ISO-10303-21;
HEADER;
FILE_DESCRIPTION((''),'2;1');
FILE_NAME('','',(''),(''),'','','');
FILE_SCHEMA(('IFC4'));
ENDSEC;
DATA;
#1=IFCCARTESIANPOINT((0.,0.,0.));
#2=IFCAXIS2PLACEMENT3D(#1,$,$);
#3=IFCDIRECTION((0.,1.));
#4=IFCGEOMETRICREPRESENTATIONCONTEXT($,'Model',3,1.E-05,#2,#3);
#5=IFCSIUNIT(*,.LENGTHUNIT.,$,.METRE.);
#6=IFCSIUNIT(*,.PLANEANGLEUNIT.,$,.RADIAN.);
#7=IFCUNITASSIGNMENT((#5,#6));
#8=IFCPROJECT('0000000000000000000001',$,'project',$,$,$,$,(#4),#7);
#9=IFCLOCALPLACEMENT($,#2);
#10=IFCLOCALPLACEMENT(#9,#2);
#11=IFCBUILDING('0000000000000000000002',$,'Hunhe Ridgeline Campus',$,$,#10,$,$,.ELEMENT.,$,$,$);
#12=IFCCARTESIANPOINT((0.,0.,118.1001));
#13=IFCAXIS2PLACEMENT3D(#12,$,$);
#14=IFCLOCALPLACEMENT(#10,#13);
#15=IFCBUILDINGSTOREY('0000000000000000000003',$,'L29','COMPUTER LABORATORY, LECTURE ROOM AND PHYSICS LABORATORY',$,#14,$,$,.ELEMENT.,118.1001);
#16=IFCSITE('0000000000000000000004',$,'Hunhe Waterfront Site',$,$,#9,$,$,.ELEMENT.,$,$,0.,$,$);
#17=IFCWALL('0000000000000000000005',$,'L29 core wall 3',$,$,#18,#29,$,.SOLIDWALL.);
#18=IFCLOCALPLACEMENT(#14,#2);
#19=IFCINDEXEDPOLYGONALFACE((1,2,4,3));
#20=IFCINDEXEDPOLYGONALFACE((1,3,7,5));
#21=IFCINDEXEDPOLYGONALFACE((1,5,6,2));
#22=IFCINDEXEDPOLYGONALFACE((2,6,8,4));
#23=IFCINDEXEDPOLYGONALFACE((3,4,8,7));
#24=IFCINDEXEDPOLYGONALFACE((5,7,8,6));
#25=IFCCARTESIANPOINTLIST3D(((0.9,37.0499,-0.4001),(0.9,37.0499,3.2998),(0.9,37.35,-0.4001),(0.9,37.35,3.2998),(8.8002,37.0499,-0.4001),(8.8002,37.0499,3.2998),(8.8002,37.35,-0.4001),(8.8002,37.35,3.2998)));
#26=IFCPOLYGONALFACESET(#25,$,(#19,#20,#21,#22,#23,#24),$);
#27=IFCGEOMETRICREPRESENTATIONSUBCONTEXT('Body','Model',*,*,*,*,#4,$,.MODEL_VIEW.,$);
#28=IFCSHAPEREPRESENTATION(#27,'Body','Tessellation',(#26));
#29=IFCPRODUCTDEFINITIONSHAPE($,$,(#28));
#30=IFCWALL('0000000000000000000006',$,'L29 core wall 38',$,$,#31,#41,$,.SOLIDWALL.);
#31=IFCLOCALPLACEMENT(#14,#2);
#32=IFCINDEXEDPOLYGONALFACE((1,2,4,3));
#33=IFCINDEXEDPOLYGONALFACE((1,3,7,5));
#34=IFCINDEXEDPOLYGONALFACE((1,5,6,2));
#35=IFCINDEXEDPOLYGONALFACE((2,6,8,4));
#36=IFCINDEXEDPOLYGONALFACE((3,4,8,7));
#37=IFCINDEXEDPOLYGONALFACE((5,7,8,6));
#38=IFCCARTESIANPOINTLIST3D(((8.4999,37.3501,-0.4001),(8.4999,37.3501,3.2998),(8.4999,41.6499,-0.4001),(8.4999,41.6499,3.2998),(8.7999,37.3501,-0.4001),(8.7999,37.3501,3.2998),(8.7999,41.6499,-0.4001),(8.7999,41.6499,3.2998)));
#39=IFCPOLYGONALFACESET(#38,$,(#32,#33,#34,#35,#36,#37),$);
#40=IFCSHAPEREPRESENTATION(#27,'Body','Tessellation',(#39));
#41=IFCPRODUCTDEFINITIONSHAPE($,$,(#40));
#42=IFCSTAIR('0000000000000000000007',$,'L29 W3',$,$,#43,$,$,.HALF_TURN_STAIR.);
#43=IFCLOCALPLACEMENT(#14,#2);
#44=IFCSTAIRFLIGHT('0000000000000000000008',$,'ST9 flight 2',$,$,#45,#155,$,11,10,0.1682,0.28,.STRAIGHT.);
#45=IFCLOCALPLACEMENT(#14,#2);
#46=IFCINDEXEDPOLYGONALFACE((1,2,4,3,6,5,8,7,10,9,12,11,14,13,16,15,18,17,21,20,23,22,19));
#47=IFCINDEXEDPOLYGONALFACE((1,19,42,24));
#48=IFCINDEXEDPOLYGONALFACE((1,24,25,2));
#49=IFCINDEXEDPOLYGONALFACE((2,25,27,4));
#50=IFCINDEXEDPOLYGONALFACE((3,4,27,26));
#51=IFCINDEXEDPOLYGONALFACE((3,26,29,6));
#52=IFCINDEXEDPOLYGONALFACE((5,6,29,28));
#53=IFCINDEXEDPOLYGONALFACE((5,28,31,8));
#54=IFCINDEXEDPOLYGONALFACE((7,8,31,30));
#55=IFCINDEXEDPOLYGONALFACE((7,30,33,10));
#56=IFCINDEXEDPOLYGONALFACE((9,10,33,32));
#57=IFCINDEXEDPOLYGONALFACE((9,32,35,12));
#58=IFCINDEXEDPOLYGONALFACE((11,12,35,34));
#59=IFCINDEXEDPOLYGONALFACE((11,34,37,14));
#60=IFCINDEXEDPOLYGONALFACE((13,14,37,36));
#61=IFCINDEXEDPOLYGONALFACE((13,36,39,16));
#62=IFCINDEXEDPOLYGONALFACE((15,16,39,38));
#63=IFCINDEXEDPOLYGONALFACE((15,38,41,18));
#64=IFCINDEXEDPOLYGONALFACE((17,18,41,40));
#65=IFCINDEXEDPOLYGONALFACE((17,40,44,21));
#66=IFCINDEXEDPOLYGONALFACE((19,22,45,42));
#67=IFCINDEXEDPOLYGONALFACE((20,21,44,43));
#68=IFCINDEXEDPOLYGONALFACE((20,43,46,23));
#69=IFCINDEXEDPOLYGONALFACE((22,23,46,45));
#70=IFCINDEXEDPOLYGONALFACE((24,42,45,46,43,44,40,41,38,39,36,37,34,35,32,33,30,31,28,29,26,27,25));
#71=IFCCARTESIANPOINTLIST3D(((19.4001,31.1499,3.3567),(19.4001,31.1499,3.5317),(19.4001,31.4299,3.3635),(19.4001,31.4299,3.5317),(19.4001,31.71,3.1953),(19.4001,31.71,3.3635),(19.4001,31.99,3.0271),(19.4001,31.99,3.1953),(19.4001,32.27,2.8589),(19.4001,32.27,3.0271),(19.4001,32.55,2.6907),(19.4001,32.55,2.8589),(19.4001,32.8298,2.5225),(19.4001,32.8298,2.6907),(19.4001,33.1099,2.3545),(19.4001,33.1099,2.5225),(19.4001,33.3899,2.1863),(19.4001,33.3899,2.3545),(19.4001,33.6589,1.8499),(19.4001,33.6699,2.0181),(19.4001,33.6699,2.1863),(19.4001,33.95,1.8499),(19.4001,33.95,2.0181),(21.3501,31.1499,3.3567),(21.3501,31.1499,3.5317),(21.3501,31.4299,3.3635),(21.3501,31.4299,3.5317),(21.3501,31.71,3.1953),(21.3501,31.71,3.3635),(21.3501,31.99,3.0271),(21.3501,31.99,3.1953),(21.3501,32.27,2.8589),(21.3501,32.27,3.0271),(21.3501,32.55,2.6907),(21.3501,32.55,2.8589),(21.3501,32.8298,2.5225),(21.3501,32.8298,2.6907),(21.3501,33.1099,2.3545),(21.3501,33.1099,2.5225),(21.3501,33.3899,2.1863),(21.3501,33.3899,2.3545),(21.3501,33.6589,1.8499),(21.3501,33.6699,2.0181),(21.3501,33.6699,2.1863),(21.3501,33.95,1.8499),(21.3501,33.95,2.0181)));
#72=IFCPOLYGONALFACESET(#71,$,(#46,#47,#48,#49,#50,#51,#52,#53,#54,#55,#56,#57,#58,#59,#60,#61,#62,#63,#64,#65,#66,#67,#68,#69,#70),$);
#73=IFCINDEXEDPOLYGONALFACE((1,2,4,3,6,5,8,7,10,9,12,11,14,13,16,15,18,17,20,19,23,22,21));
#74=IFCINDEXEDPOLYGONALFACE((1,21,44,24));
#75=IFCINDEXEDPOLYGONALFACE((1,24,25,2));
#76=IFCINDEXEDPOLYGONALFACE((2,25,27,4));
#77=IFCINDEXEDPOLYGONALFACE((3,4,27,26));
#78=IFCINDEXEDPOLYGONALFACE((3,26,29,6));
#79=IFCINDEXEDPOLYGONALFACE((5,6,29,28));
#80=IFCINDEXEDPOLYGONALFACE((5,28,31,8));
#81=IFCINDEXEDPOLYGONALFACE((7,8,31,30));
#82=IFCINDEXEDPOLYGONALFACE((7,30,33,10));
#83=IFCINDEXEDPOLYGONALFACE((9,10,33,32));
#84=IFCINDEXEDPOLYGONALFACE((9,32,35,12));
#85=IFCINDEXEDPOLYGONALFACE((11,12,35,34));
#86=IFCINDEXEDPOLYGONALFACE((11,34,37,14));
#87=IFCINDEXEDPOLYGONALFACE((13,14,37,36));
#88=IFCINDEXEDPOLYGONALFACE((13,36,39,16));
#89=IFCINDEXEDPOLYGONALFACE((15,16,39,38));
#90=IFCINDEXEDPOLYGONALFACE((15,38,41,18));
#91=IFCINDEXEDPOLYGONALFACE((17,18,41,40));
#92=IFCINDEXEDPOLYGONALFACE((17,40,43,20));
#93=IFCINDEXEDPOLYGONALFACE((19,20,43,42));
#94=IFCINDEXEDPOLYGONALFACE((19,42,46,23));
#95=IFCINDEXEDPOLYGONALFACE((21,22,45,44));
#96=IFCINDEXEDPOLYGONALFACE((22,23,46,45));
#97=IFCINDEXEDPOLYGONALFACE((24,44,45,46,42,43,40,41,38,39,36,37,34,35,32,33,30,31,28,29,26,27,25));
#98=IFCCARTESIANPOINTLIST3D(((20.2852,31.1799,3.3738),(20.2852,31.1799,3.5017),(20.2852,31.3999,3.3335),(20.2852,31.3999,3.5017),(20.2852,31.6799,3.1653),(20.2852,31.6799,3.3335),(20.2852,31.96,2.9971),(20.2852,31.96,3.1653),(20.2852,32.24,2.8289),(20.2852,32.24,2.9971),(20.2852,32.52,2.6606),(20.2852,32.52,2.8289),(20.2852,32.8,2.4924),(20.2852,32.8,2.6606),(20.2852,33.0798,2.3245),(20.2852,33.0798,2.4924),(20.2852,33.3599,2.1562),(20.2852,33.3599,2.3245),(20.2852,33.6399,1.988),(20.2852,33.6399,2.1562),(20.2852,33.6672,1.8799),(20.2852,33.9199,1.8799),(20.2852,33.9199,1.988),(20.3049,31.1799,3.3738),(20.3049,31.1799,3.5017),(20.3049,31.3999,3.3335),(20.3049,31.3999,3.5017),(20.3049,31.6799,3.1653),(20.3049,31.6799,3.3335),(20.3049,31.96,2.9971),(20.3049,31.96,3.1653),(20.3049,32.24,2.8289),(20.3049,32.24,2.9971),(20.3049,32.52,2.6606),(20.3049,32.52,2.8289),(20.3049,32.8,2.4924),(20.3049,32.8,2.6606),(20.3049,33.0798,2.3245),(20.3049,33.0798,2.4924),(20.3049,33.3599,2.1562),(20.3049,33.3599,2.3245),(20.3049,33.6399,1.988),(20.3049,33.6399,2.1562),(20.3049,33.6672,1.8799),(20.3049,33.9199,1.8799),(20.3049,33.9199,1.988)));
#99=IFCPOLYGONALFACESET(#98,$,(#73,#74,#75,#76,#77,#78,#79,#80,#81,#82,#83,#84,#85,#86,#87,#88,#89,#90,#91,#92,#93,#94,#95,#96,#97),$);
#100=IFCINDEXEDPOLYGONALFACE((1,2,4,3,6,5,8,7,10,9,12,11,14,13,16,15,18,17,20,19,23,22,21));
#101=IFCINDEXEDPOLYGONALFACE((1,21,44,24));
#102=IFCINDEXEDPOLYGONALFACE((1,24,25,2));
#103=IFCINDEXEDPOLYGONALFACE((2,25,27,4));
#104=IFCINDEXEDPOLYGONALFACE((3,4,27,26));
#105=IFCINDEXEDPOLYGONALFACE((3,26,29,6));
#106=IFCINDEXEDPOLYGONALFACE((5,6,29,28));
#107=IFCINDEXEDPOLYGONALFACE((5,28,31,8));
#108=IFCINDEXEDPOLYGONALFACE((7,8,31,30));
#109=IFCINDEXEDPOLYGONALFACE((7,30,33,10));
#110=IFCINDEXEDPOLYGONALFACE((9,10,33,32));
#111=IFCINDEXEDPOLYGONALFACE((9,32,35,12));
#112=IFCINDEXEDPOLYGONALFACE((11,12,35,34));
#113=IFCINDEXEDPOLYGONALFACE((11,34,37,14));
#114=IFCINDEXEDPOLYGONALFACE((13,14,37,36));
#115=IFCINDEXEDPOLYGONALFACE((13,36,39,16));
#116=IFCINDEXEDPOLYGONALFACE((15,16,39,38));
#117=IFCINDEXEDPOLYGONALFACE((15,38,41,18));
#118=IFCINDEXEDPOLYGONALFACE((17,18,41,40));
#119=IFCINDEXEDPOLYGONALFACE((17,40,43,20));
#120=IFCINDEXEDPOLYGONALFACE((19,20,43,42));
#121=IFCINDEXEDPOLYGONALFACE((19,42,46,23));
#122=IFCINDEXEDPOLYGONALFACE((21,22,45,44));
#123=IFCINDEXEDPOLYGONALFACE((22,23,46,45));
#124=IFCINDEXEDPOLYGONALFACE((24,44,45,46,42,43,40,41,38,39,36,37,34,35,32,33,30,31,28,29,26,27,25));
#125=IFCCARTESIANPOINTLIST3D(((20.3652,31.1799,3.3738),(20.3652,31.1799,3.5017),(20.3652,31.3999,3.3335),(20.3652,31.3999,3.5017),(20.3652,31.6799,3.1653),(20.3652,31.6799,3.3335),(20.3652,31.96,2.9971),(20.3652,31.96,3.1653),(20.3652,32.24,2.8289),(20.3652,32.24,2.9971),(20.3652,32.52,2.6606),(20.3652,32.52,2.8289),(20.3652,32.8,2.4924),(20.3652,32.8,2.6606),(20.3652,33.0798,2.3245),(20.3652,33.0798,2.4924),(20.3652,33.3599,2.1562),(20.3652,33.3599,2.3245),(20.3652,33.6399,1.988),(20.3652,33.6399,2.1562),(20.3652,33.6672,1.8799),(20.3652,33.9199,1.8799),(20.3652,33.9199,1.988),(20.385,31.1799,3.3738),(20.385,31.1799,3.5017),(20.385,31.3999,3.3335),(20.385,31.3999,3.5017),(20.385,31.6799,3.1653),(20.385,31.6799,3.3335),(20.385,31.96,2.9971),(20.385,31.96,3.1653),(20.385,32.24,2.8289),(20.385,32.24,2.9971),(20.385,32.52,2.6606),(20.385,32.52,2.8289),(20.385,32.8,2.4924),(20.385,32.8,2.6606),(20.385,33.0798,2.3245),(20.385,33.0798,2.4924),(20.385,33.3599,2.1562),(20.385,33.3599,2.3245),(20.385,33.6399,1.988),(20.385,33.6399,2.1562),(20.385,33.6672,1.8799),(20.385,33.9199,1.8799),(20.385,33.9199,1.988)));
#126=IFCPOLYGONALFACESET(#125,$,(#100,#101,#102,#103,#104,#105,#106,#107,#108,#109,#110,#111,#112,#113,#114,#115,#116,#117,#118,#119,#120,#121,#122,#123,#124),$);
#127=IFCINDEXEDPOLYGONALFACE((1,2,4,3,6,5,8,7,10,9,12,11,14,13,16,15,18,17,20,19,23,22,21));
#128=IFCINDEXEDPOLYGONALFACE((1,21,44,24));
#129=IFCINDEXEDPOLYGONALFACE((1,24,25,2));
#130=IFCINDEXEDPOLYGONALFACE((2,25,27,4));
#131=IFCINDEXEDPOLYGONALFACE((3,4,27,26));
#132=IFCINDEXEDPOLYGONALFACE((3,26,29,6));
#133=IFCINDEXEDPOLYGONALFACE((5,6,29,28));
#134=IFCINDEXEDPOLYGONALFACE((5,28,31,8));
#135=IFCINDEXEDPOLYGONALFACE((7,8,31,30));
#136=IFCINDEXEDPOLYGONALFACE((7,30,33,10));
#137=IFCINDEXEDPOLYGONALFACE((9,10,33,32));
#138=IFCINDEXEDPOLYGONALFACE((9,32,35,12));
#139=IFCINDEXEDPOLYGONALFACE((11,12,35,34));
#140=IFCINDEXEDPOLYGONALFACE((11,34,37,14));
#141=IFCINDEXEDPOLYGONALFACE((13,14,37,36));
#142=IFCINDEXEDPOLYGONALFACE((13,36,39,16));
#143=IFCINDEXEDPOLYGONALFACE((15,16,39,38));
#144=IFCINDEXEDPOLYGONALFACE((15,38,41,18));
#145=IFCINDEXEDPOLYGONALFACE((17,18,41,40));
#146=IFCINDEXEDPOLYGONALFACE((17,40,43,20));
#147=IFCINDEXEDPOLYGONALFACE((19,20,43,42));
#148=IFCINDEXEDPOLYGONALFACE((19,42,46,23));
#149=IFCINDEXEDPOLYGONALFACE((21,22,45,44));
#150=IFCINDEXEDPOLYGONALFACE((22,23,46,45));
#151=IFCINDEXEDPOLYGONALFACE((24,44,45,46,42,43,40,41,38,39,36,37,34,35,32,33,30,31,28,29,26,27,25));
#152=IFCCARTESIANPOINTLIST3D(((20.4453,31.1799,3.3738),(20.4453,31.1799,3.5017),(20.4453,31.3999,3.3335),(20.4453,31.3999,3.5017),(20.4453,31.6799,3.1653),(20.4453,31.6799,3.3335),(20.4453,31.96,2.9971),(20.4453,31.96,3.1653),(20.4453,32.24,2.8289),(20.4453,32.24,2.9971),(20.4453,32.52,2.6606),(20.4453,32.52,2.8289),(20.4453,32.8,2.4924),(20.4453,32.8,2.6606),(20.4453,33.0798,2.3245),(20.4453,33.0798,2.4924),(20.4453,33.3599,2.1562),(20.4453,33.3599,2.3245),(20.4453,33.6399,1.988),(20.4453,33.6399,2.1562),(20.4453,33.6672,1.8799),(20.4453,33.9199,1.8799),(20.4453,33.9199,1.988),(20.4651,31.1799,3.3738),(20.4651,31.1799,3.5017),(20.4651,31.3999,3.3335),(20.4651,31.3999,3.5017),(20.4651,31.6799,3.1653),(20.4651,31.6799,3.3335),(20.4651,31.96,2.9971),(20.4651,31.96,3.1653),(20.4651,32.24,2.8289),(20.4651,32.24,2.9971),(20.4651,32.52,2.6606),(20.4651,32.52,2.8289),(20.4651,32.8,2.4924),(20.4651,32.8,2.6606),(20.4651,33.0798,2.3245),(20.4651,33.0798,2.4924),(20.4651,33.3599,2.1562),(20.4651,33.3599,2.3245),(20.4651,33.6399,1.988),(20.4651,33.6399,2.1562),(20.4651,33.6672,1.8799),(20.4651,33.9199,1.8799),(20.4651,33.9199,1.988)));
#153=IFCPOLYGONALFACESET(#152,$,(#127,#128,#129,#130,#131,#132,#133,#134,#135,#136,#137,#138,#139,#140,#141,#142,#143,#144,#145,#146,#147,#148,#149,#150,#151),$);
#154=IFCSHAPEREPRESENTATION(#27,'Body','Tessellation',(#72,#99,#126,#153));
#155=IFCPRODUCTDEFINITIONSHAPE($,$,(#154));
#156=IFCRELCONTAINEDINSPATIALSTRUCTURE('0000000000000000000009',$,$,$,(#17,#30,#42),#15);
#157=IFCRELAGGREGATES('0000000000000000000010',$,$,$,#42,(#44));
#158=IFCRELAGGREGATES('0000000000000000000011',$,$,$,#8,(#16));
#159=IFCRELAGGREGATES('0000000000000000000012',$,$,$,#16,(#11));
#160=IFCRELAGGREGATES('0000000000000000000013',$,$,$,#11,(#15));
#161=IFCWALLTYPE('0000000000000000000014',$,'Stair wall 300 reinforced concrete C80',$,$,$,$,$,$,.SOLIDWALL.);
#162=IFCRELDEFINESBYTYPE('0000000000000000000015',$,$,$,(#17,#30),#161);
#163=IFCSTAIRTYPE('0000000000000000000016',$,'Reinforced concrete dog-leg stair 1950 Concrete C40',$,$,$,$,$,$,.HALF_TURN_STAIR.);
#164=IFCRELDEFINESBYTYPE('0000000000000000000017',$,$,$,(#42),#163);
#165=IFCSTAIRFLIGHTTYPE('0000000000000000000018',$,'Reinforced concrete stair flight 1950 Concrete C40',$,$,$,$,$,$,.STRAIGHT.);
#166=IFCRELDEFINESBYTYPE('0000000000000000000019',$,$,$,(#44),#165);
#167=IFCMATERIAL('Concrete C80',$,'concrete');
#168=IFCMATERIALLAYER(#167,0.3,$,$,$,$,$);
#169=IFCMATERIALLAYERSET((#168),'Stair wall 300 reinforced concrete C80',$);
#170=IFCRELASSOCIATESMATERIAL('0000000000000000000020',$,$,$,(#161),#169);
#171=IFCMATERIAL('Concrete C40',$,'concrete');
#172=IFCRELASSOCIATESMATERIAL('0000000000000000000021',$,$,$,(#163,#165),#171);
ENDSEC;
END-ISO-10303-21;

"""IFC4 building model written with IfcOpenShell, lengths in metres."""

from ifc_helpers import new_model, si_unit, direction, frame, frame_2d, origin, place, context, subcontext, project, spatial, polyline, rectangle, outline, extrude, material, layer, layer_set, type_object, element, aggregate, save


model = new_model("IFC4")

# Units and contexts
model_context = context("Model", 3, precision=1e-05, world=origin(), true_north=direction((0.0, 1.0)))
body_context = subcontext(model_context, "Body", "Model", "MODEL_VIEW")
ifc_project = project(units=[si_unit("LENGTHUNIT", "METRE"), si_unit("PLANEANGLEUNIT", "RADIAN")], contexts=[model_context])

# Site, building, storey
site_placement = place(None, origin())
site = spatial("IfcSite", under=ifc_project, at=site_placement, Name="Hunhe Waterfront Site", CompositionType="ELEMENT", RefElevation=0.0)
building_placement = place(site_placement, origin())
building = spatial("IfcBuilding", under=site, at=building_placement, Name="Hunhe Ridgeline Campus", CompositionType="ELEMENT")
storey_placement = place(building_placement, frame((0.0, 0.0, 118.1001)))
storey = spatial("IfcBuildingStorey", under=building, at=storey_placement, Name="L29", Description="COMPUTER LABORATORY, LECTURE ROOM AND PHYSICS LABORATORY", CompositionType="ELEMENT", Elevation=118.1001)

# Wall
ifc_material_1 = material(Name="Concrete C80", Category="concrete")
ifc_layer_1 = layer(ifc_material_1, 0.3)
ifc_layer_set_1 = layer_set([ifc_layer_1], Name="Stair wall 300 reinforced concrete C80")
wall_type_1 = type_object("IfcWallType", Name="Stair wall 300 reinforced concrete C80", PredefinedType="SOLIDWALL", material=ifc_layer_set_1)
wall_1_placement = place(storey_placement, frame((0.8999, 37.2, -0.4001), z_axis=(0.0, 0.0, 1.0), x_axis=(1.0, 0.0, 0.0)))
element("IfcWall", 1, at=wall_1_placement, inside=storey, type_object=wall_type_1, Name="L29 core wall 3", PredefinedType="SOLIDWALL", context=body_context, shape_type="SweptSolid", body=[
    extrude(rectangle(XDim=7.9001, YDim=0.3, at=frame_2d((3.9502, 0.0))), origin(), (0.0, 0.0, 1.0), 3.7),
])

# Wall
wall_2_placement = place(storey_placement, frame((8.6499, 37.3501, -0.4001), z_axis=(0.0, 0.0, 1.0), x_axis=(0.0, 1.0, 0.0)))
element("IfcWall", 2, at=wall_2_placement, inside=storey, type_object=wall_type_1, Name="L29 core wall 38", PredefinedType="SOLIDWALL", context=body_context, shape_type="SweptSolid", body=[
    extrude(rectangle(XDim=4.2998, YDim=0.3, at=frame_2d((2.1499, 0.0))), origin(), (0.0, 0.0, 1.0), 3.7),
])

# Stair, stair flight
ifc_material_2 = material(Name="Concrete C40", Category="concrete")
stair_type = type_object("IfcStairType", Name="Reinforced concrete dog-leg stair 1950 Concrete C40", PredefinedType="HALF_TURN_STAIR", material=ifc_material_2)
stair_1_placement = place(storey_placement, origin())
stair_1 = element("IfcStair", 3, at=stair_1_placement, inside=storey, type_object=stair_type, Name="L29 W3", PredefinedType="HALF_TURN_STAIR")
stair_flight_type = type_object("IfcStairFlightType", Name="Reinforced concrete stair flight 1950 Concrete C40", PredefinedType="STRAIGHT", material=ifc_material_2)
stair_flight_1_placement = place(storey_placement, frame((20.375, 33.95, 1.8499), z_axis=(0.0, 0.0, 1.0), x_axis=(0.0, -1.0, 0.0)))
stair_flight_1 = element("IfcStairFlight", 4, at=stair_flight_1_placement, type_object=stair_flight_type, Name="ST9 flight 2", NumberOfRisers=11, NumberOfTreads=10, PredefinedType="STRAIGHT", RiserHeight=0.1682, TreadLength=0.28, context=body_context, shape_type="SweptSolid", body=[
    extrude(outline(polyline([(0.0, 0.0), (0.0, 0.1682), (0.28, 0.1682), (0.28, 0.3364), (0.5601, 0.3364), (0.5601, 0.5046), (0.8401, 0.5046), (0.8401, 0.6726), (1.1201, 0.6726), (1.1201, 0.8408), (1.3999, 0.8408), (1.3999, 1.009), (1.6799, 1.009), (1.6799, 1.1772), (1.96, 1.1772), (1.96, 1.3455), (2.24, 1.3455), (2.24, 1.5137), (2.52, 1.5137), (2.52, 1.6819), (2.8, 1.6819), (2.8, 1.8501), (2.8, 1.5068), (0.291, 0.0), (0.0, 0.0)])), frame((0.0, 0.9751, 0.0), z_axis=(0.0, -1.0, 0.0), x_axis=(1.0, 0.0, 0.0)), (0.0, 0.0, 1.0), 1.95),
    extrude(outline(polyline([(0.03, 0.03), (0.03, 0.1382), (0.3101, 0.1382), (0.3101, 0.3064), (0.5901, 0.3064), (0.5901, 0.4746), (0.8701, 0.4746), (0.8701, 0.6426), (1.1499, 0.6426), (1.1499, 0.8108), (1.4299, 0.8108), (1.4299, 0.979), (1.71, 0.979), (1.71, 1.1472), (1.99, 1.1472), (1.99, 1.3154), (2.27, 1.3154), (2.27, 1.4836), (2.55, 1.4836), (2.55, 1.6519), (2.77, 1.6519), (2.77, 1.5239), (0.2827, 0.03), (0.03, 0.03)])), frame((0.0, -0.0701, 0.0), z_axis=(0.0, -1.0, 0.0), x_axis=(1.0, 0.0, 0.0)), (0.0, 0.0, 1.0), 0.0198),
    extrude(outline(polyline([(0.03, 0.03), (0.03, 0.1382), (0.3101, 0.1382), (0.3101, 0.3064), (0.5901, 0.3064), (0.5901, 0.4746), (0.8701, 0.4746), (0.8701, 0.6426), (1.1499, 0.6426), (1.1499, 0.8108), (1.4299, 0.8108), (1.4299, 0.979), (1.71, 0.979), (1.71, 1.1472), (1.99, 1.1472), (1.99, 1.3154), (2.27, 1.3154), (2.27, 1.4836), (2.55, 1.4836), (2.55, 1.6519), (2.77, 1.6519), (2.77, 1.5239), (0.2827, 0.03), (0.03, 0.03)])), frame((0.0, 0.01, 0.0), z_axis=(0.0, -1.0, 0.0), x_axis=(1.0, 0.0, 0.0)), (0.0, 0.0, 1.0), 0.0198),
    extrude(outline(polyline([(0.03, 0.03), (0.03, 0.1382), (0.3101, 0.1382), (0.3101, 0.3064), (0.5901, 0.3064), (0.5901, 0.4746), (0.8701, 0.4746), (0.8701, 0.6426), (1.1499, 0.6426), (1.1499, 0.8108), (1.4299, 0.8108), (1.4299, 0.979), (1.71, 0.979), (1.71, 1.1472), (1.99, 1.1472), (1.99, 1.3154), (2.27, 1.3154), (2.27, 1.4836), (2.55, 1.4836), (2.55, 1.6519), (2.77, 1.6519), (2.77, 1.5239), (0.2827, 0.03), (0.03, 0.03)])), frame((0.0, 0.0901, 0.0), z_axis=(0.0, -1.0, 0.0), x_axis=(1.0, 0.0, 0.0)), (0.0, 0.0, 1.0), 0.0198),
])
aggregate(stair_1, [stair_flight_1])

save(model, "model.ifc")
